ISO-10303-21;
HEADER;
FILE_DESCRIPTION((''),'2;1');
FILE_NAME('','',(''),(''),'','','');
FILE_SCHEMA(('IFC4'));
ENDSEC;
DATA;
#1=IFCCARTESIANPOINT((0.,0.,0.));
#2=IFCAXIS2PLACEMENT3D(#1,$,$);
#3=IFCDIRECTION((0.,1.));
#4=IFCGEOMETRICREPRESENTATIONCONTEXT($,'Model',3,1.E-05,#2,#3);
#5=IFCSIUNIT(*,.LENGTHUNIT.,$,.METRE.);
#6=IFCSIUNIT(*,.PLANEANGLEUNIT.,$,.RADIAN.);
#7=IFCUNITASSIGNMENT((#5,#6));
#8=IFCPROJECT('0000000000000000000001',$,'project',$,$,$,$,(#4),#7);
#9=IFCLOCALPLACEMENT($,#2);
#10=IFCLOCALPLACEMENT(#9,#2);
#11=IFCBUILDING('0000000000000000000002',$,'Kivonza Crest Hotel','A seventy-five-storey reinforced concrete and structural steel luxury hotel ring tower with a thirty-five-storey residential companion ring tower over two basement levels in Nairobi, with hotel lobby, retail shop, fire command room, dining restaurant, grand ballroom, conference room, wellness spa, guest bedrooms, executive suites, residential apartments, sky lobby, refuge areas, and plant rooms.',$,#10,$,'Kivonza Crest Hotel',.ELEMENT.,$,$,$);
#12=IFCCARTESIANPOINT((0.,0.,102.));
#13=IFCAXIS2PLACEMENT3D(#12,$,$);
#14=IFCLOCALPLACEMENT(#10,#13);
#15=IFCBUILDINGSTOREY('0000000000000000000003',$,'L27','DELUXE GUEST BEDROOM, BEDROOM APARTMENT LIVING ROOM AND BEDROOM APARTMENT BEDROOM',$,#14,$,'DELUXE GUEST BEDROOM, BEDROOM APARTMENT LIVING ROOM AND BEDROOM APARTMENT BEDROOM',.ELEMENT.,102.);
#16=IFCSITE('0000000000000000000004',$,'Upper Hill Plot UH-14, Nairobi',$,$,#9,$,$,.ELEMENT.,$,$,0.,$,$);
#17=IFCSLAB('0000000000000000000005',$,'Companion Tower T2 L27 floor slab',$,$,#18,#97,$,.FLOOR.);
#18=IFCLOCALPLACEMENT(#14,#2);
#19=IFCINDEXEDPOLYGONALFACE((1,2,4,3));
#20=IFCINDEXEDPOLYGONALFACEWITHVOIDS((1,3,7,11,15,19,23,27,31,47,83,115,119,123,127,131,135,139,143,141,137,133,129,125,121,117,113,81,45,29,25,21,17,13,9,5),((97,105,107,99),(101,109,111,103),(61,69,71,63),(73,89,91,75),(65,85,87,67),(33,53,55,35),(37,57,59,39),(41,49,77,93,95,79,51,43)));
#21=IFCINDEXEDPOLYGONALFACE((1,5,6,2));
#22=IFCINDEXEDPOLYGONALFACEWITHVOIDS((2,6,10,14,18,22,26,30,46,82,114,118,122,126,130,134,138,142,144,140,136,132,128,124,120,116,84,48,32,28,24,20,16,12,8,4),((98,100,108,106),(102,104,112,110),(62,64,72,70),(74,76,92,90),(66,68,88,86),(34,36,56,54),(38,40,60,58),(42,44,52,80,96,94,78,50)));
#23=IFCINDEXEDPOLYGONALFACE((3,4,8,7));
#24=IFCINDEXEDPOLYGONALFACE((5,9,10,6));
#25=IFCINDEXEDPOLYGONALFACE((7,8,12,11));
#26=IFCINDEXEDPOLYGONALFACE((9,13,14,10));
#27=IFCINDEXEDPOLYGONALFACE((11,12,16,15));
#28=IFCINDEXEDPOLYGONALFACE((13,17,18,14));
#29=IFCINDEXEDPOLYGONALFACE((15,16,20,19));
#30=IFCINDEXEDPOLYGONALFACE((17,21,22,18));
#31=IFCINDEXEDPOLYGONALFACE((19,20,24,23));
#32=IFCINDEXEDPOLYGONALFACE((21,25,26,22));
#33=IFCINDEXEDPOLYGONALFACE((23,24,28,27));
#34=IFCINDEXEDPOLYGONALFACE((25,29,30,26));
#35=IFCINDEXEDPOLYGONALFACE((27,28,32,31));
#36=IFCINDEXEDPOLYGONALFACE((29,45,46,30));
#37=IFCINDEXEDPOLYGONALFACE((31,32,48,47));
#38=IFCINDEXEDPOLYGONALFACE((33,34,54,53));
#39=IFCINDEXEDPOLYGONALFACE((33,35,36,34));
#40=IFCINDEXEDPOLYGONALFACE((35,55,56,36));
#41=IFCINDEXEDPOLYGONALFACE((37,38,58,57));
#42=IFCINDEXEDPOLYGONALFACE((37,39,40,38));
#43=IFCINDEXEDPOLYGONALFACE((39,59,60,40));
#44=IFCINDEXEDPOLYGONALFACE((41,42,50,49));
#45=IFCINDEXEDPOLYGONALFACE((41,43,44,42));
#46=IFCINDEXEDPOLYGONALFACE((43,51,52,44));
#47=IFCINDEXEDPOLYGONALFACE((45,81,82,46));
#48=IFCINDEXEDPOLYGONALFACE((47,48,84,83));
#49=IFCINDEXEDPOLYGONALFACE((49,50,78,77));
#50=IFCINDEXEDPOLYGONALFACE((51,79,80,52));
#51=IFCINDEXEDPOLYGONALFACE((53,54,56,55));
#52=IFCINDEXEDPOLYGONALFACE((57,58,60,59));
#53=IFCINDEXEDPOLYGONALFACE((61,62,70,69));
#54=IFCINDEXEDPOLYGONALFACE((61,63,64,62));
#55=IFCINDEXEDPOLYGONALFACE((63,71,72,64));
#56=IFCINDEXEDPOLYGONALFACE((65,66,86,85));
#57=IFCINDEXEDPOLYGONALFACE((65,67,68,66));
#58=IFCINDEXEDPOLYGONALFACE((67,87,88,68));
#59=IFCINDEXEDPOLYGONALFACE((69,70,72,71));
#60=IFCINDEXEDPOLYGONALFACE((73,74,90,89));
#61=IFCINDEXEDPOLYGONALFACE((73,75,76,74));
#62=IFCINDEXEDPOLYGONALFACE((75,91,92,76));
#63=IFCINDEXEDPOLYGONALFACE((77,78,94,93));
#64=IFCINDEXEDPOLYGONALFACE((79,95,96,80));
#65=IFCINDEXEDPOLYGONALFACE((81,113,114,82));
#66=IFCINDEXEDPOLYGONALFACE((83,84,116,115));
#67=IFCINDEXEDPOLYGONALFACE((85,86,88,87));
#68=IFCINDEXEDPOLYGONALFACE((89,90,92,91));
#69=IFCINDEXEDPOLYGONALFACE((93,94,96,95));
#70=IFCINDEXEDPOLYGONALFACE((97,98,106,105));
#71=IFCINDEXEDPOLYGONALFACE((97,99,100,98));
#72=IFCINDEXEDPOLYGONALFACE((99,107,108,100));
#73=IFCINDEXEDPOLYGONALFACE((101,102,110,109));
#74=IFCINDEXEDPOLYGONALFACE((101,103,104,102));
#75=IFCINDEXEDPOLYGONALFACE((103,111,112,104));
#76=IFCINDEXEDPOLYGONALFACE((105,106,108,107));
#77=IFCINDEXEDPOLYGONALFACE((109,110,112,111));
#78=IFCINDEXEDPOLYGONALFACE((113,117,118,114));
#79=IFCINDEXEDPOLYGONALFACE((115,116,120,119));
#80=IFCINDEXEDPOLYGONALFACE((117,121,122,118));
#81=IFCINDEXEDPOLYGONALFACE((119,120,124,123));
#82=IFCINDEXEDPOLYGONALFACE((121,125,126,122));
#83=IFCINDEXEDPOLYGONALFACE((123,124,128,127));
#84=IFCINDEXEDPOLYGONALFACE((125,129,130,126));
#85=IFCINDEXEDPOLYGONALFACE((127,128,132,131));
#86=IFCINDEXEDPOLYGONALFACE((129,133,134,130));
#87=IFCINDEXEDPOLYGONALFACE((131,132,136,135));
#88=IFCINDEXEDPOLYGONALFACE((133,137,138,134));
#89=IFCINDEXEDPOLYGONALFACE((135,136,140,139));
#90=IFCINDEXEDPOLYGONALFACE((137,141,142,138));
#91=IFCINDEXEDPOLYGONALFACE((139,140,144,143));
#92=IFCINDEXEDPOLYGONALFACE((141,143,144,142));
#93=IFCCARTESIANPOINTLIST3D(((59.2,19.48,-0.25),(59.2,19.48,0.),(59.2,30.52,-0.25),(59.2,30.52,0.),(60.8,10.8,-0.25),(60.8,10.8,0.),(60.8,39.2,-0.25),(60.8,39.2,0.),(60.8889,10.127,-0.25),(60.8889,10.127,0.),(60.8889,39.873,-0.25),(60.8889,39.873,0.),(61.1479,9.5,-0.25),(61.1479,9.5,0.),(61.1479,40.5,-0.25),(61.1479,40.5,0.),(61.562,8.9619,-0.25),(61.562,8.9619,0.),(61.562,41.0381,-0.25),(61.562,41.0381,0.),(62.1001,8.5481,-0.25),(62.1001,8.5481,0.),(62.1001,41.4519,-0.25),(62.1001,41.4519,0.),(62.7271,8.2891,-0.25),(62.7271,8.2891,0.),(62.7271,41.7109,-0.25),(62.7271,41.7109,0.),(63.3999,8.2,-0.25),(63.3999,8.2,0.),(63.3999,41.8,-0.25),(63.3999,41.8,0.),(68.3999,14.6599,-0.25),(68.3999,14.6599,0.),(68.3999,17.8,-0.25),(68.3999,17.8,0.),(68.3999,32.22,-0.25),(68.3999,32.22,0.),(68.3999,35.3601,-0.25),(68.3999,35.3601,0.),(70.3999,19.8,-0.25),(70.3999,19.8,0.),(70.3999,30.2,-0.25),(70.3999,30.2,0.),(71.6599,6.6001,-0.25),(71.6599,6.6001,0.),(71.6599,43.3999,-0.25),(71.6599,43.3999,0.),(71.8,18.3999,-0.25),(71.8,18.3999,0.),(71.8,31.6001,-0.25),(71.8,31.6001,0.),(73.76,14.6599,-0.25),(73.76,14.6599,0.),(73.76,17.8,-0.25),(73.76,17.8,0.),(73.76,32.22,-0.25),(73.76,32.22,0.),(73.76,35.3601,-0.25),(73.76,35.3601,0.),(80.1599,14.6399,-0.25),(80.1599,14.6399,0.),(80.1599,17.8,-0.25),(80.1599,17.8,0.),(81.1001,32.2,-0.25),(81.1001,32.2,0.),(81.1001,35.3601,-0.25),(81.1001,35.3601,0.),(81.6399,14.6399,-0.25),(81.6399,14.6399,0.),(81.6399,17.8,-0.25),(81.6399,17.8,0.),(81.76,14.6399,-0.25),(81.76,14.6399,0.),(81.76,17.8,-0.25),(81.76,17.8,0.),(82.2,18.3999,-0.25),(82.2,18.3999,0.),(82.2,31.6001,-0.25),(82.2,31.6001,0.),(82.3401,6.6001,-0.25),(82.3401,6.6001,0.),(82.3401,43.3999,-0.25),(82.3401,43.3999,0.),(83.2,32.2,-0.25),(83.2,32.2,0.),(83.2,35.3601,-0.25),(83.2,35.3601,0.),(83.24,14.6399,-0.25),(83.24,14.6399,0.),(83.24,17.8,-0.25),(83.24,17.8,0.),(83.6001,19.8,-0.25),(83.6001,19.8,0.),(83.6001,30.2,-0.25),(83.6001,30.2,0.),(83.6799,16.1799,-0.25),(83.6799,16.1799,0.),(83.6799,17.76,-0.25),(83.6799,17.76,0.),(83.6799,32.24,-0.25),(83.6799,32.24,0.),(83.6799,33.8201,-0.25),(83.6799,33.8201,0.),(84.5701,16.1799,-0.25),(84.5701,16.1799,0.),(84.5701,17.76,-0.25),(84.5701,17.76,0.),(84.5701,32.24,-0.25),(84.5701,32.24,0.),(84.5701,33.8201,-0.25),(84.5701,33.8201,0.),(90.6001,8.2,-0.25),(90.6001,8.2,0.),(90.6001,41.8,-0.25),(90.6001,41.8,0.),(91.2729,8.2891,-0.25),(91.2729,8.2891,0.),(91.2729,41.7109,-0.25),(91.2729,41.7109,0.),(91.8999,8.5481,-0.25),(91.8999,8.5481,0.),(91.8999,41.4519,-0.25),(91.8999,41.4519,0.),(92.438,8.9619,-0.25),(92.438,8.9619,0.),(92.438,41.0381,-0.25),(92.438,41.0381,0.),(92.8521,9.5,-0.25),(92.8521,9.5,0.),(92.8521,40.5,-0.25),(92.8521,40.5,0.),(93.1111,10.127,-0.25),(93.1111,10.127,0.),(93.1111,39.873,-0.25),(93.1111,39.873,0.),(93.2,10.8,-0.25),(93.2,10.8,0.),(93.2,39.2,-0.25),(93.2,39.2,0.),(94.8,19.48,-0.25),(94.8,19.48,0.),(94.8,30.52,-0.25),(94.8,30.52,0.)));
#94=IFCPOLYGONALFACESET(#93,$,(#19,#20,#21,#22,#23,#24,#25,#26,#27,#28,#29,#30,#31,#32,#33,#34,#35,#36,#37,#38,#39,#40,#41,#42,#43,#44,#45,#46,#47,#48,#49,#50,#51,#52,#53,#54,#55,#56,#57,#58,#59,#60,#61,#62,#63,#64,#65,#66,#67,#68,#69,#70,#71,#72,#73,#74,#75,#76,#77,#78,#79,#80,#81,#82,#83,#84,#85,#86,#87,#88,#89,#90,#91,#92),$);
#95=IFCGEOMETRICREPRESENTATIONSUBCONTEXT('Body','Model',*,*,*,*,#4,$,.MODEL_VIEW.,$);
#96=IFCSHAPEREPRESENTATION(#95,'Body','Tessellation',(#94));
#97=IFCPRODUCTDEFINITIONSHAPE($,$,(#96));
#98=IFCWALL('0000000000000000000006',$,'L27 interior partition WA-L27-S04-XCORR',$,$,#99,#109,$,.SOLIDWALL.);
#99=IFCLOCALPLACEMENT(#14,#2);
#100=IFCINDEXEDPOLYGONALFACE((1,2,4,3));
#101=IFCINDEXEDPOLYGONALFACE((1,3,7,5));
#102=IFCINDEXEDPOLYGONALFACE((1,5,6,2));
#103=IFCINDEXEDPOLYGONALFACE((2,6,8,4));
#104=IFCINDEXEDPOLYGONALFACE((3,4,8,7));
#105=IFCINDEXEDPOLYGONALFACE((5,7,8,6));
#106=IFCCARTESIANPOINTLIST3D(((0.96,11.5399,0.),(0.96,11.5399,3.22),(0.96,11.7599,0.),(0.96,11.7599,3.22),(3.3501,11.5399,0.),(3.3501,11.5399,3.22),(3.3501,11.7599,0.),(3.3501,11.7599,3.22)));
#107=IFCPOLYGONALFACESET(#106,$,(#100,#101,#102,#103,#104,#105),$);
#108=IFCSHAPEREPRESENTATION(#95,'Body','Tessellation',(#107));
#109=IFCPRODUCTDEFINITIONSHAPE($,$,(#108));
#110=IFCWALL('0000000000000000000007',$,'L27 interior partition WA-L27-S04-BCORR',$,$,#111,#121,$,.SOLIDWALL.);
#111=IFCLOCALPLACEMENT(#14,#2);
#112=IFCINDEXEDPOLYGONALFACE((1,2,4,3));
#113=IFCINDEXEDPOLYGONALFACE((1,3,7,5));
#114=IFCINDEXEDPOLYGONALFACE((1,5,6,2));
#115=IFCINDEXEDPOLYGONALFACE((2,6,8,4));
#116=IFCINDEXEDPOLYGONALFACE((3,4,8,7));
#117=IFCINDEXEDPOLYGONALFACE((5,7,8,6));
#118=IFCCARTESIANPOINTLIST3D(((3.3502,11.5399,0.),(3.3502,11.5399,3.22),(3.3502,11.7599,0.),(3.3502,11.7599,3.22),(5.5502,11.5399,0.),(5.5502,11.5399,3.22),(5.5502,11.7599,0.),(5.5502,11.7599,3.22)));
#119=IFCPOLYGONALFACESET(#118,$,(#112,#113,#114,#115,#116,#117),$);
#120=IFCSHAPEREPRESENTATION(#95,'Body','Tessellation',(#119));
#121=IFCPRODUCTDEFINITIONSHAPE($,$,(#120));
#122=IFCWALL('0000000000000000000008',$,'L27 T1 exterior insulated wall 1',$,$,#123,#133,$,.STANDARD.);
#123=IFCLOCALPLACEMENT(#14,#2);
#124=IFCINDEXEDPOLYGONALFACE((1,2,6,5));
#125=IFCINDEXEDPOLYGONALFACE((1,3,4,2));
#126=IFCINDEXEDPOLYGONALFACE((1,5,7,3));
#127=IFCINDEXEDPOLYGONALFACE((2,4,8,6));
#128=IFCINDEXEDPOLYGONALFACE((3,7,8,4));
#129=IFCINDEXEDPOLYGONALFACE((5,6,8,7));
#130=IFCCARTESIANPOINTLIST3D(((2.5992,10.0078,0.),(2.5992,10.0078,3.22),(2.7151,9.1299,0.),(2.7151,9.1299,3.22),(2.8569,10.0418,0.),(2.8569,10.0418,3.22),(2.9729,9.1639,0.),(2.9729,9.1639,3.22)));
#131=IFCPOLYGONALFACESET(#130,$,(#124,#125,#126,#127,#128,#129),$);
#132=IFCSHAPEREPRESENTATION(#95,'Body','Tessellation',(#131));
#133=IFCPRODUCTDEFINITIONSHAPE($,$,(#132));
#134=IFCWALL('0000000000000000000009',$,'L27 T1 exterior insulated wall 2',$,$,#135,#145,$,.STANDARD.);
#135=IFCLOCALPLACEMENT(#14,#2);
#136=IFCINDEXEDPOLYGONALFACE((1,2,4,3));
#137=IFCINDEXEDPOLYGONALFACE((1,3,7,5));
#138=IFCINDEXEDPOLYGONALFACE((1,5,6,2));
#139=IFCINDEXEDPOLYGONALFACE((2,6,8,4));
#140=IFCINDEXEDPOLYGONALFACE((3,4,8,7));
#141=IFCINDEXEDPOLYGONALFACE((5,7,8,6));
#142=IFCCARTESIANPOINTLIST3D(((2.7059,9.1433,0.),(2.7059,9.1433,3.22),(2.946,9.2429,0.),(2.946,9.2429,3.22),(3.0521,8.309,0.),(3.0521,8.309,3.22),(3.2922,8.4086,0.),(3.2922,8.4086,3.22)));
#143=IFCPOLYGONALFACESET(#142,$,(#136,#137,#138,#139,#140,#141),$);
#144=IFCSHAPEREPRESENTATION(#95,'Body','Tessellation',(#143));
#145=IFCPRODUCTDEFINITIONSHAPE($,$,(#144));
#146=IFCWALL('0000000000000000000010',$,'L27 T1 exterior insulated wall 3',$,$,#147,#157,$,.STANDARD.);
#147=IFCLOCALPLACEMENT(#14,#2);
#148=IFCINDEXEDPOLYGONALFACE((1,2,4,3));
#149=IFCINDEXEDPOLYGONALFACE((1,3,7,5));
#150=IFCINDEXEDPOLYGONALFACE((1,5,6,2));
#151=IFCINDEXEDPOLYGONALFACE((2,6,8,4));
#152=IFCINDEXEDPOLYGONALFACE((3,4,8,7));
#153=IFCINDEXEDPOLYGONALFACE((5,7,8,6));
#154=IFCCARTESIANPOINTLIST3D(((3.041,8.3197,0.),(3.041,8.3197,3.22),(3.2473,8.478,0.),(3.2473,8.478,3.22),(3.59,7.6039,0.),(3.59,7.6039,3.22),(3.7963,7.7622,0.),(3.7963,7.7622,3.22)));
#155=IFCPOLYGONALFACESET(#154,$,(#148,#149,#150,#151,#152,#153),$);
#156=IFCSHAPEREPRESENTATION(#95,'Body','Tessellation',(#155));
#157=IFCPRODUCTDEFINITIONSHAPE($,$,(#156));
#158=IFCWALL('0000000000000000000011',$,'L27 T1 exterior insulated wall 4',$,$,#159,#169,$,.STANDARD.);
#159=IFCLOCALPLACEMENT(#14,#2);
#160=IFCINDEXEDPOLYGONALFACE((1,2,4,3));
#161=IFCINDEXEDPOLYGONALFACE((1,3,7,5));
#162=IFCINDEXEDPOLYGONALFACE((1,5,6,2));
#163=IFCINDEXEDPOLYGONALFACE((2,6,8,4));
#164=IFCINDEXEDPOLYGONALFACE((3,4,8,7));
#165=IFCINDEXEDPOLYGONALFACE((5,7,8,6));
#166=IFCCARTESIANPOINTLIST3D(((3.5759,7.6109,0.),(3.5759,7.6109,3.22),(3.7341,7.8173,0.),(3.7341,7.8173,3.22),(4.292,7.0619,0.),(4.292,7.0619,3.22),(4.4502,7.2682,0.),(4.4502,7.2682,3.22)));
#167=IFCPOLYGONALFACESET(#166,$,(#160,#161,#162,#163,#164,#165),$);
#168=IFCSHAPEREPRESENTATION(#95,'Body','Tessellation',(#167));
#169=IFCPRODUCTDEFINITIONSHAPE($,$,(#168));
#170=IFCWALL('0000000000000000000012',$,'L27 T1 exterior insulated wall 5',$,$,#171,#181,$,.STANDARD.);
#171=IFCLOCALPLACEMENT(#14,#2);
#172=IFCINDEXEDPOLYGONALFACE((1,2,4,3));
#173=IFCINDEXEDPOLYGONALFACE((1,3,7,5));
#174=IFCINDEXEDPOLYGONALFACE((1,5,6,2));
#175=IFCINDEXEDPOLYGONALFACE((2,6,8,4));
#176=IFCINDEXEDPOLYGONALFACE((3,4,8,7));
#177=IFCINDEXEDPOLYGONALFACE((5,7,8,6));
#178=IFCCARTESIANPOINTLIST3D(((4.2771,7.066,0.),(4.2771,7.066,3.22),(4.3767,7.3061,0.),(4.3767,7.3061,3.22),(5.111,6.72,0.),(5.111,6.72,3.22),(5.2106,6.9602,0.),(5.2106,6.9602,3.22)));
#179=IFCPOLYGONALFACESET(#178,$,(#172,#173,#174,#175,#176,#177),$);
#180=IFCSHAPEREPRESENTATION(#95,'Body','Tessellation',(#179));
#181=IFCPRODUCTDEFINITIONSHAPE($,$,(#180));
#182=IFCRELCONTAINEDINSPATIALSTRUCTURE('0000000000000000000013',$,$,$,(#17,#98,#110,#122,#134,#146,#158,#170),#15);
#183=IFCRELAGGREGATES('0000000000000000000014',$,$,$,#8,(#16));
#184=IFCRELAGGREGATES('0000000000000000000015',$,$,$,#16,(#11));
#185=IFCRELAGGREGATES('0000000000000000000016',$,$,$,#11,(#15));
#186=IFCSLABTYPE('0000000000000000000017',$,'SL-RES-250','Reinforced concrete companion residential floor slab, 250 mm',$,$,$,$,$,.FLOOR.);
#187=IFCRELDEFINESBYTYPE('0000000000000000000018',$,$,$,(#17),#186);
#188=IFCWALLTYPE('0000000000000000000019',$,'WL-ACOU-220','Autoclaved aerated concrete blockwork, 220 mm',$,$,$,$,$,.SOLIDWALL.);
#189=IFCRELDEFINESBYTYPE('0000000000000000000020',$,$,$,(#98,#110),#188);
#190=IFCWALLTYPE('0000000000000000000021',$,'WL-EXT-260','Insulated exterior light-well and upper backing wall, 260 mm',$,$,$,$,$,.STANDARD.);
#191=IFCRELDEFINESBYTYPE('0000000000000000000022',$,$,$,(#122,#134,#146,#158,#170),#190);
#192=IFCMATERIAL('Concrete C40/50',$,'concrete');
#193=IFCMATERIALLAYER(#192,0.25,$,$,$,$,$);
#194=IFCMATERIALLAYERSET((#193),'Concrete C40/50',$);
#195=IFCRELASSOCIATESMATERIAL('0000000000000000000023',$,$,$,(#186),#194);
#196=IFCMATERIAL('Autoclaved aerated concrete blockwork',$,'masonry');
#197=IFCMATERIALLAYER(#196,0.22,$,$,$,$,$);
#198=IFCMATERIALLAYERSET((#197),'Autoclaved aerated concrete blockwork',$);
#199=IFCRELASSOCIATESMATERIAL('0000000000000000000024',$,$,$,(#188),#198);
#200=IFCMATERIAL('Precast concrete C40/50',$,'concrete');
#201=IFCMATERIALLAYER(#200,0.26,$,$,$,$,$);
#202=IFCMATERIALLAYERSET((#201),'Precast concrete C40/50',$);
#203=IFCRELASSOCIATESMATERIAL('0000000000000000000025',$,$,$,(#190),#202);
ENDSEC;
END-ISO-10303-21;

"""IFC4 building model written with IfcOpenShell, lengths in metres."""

from ifc_helpers import new_model, si_unit, direction, frame, frame_2d, origin, place, context, subcontext, project, spatial, polyline, rectangle, outline, extrude, material, layer, layer_set, type_object, element, save


model = new_model("IFC4")

# Units and contexts
model_context = context("Model", 3, precision=1e-05, world=origin(), true_north=direction((0.0, 1.0)))
body_context = subcontext(model_context, "Body", "Model", "MODEL_VIEW")
ifc_project = project(units=[si_unit("LENGTHUNIT", "METRE"), si_unit("PLANEANGLEUNIT", "RADIAN")], contexts=[model_context])

# Site, building, storey
site_placement = place(None, origin())
site = spatial("IfcSite", under=ifc_project, at=site_placement, Name="Upper Hill Plot UH-14, Nairobi", CompositionType="ELEMENT", RefElevation=0.0)
building_placement = place(site_placement, origin())
building = spatial("IfcBuilding", under=site, at=building_placement, Name="Kivonza Crest Hotel", Description="A seventy-five-storey reinforced concrete and structural steel luxury hotel ring tower with a thirty-five-storey residential companion ring tower over two basement levels in Nairobi, with hotel lobby, retail shop, fire command room, dining restaurant, grand ballroom, conference room, wellness spa, guest bedrooms, executive suites, residential apartments, sky lobby, refuge areas, and plant rooms.", LongName="Kivonza Crest Hotel", CompositionType="ELEMENT")
storey_placement = place(building_placement, frame((0.0, 0.0, 102.0)))
storey = spatial("IfcBuildingStorey", under=building, at=storey_placement, Name="L27", Description="DELUXE GUEST BEDROOM, BEDROOM APARTMENT LIVING ROOM AND BEDROOM APARTMENT BEDROOM", LongName="DELUXE GUEST BEDROOM, BEDROOM APARTMENT LIVING ROOM AND BEDROOM APARTMENT BEDROOM", CompositionType="ELEMENT", Elevation=102.0)

# Shared definitions
ifc_material_1 = material(Name="Concrete C40/50", Category="concrete")

# Slab
ifc_layer_1 = layer(ifc_material_1, 0.25)
ifc_layer_set_1 = layer_set([ifc_layer_1], Name="Concrete C40/50")
slab_type_1 = type_object("IfcSlabType", Name="SL-RES-250", Description="Reinforced concrete companion residential floor slab, 250 mm", PredefinedType="FLOOR", material=ifc_layer_set_1)
slab_1_placement = place(storey_placement, frame((0.0, 0.0, -0.25)))
element("IfcSlab", 1, at=slab_1_placement, inside=storey, type_object=slab_type_1, Name="Companion Tower T2 L27 floor slab", PredefinedType="FLOOR", context=body_context, shape_type="SweptSolid", body=[
    extrude(outline(polyline([(60.8, 10.8), (60.8889, 10.127), (61.1479, 9.5), (61.562, 8.9619), (62.1001, 8.5481), (62.7271, 8.2891), (63.3999, 8.2), (71.6599, 6.6001), (82.3401, 6.6001), (90.6001, 8.2), (91.2729, 8.2891), (91.8999, 8.5481), (92.438, 8.9619), (92.8521, 9.5), (93.1111, 10.127), (93.2, 10.8), (94.8, 19.48), (94.8, 30.52), (93.2, 39.2), (93.1111, 39.873), (92.8521, 40.5), (92.438, 41.0381), (91.8999, 41.4519), (91.2729, 41.7109), (90.6001, 41.8), (82.3401, 43.3999), (71.6599, 43.3999), (63.3999, 41.8), (62.7271, 41.7109), (62.1001, 41.4519), (61.562, 41.0381), (61.1479, 40.5), (60.8889, 39.873), (60.8, 39.2), (59.2, 30.52), (59.2, 19.48), (60.8, 10.8)]), holes=[polyline([(71.8, 18.3999), (82.2, 18.3999), (83.6001, 19.8), (83.6001, 30.2), (82.2, 31.6001), (71.8, 31.6001), (70.3999, 30.2), (70.3999, 19.8), (71.8, 18.3999)]), polyline([(68.3999, 32.22), (73.76, 32.22), (73.76, 35.3601), (68.3999, 35.3601), (68.3999, 32.22)]), polyline([(68.3999, 14.6599), (73.76, 14.6599), (73.76, 17.8), (68.3999, 17.8), (68.3999, 14.6599)]), polyline([(83.6799, 32.24), (84.5701, 32.24), (84.5701, 33.8201), (83.6799, 33.8201), (83.6799, 32.24)]), polyline([(83.6799, 16.1799), (84.5701, 16.1799), (84.5701, 17.76), (83.6799, 17.76), (83.6799, 16.1799)]), polyline([(81.1001, 32.2), (83.2, 32.2), (83.2, 35.3601), (81.1001, 35.3601), (81.1001, 32.2)]), polyline([(80.1599, 14.6399), (81.6399, 14.6399), (81.6399, 17.8), (80.1599, 17.8), (80.1599, 14.6399)]), polyline([(81.76, 14.6399), (83.24, 14.6399), (83.24, 17.8), (81.76, 17.8), (81.76, 14.6399)])]), origin(), (0.0, 0.0, 1.0), 0.25),
])

# Walls
ifc_material_2 = material(Name="Autoclaved aerated concrete blockwork", Category="masonry")
ifc_layer_2 = layer(ifc_material_2, 0.22)
ifc_layer_set_2 = layer_set([ifc_layer_2], Name="Autoclaved aerated concrete blockwork")
wall_type_1 = type_object("IfcWallType", Name="WL-ACOU-220", Description="Autoclaved aerated concrete blockwork, 220 mm", PredefinedType="SOLIDWALL", material=ifc_layer_set_2)
wall_1_placement = place(storey_placement, frame((0.96, 11.6499, 0.0), z_axis=(0.0, 0.0, 1.0), x_axis=(1.0, 0.0, 0.0)))
element("IfcWall", 2, at=wall_1_placement, inside=storey, type_object=wall_type_1, Name="L27 interior partition WA-L27-S04-XCORR", PredefinedType="SOLIDWALL", context=body_context, shape_type="SweptSolid", body=[
    extrude(rectangle(XDim=2.3901, YDim=0.22, at=frame_2d((1.1951, 0.0))), origin(), (0.0, 0.0, 1.0), 3.22),
])
wall_2_placement = place(storey_placement, frame((3.3501, 11.6499, 0.0), z_axis=(0.0, 0.0, 1.0), x_axis=(1.0, 0.0, 0.0)))
element("IfcWall", 3, at=wall_2_placement, inside=storey, type_object=wall_type_1, Name="L27 interior partition WA-L27-S04-BCORR", PredefinedType="SOLIDWALL", context=body_context, shape_type="SweptSolid", body=[
    extrude(rectangle(XDim=2.2, YDim=0.22, at=frame_2d((1.1001, 0.0))), origin(), (0.0, 0.0, 1.0), 3.22),
])
ifc_material_3 = material(Name="Precast concrete C40/50", Category="concrete")
ifc_layer_3 = layer(ifc_material_3, 0.26)
ifc_layer_set_3 = layer_set([ifc_layer_3], Name="Precast concrete C40/50")
wall_type_2 = type_object("IfcWallType", Name="WL-EXT-260", Description="Insulated exterior light-well and upper backing wall, 260 mm", PredefinedType="STANDARD", material=ifc_layer_set_3)
wall_3_placement = place(storey_placement, frame((2.728, 10.0249, 0.0), z_axis=(0.0, 0.0, 1.0), x_axis=(0.130954, -0.991388, 0.0)))
element("IfcWall", 4, at=wall_3_placement, inside=storey, type_object=wall_type_2, Name="L27 T1 exterior insulated wall 1", PredefinedType="STANDARD", context=body_context, shape_type="SweptSolid", body=[
    extrude(rectangle(XDim=0.8855, YDim=0.26, at=frame_2d((0.4429, 0.0))), origin(), (0.0, 0.0, 1.0), 3.22),
])
wall_4_placement = place(storey_placement, frame((2.8259, 9.1931, 0.0), z_axis=(0.0, 0.0, 1.0), x_axis=(0.383291, -0.923628, 0.0)))
element("IfcWall", 5, at=wall_4_placement, inside=storey, type_object=wall_type_2, Name="L27 T1 exterior insulated wall 2", PredefinedType="STANDARD", context=body_context, shape_type="SweptSolid", body=[
    extrude(rectangle(XDim=0.9033, YDim=0.26, at=frame_2d((0.4517, 0.0))), origin(), (0.0, 0.0, 1.0), 3.22),
])
wall_5_placement = place(storey_placement, frame((3.144, 8.3989, 0.0), z_axis=(0.0, 0.0, 1.0), x_axis=(0.608625, -0.793458, 0.0)))
element("IfcWall", 6, at=wall_5_placement, inside=storey, type_object=wall_type_2, Name="L27 T1 exterior insulated wall 3", PredefinedType="STANDARD", context=body_context, shape_type="SweptSolid", body=[
    extrude(rectangle(XDim=0.9021, YDim=0.26, at=frame_2d((0.4512, 0.0))), origin(), (0.0, 0.0, 1.0), 3.22),
])
wall_6_placement = place(storey_placement, frame((3.655, 7.7141, 0.0), z_axis=(0.0, 0.0, 1.0), x_axis=(0.793558, -0.608494, 0.0)))
element("IfcWall", 7, at=wall_6_placement, inside=storey, type_object=wall_type_2, Name="L27 T1 exterior insulated wall 4", PredefinedType="STANDARD", context=body_context, shape_type="SweptSolid", body=[
    extrude(rectangle(XDim=0.9023, YDim=0.26, at=frame_2d((0.4512, 0.0))), origin(), (0.0, 0.0, 1.0), 3.22),
])
wall_7_placement = place(storey_placement, frame((4.3269, 7.186, 0.0), z_axis=(0.0, 0.0, 1.0), x_axis=(0.923684, -0.383156, 0.0)))
element("IfcWall", 8, at=wall_7_placement, inside=storey, type_object=wall_type_2, Name="L27 T1 exterior insulated wall 5", PredefinedType="STANDARD", context=body_context, shape_type="SweptSolid", body=[
    extrude(rectangle(XDim=0.9028, YDim=0.26, at=frame_2d((0.4514, 0.0))), origin(), (0.0, 0.0, 1.0), 3.22),
])

save(model, "model.ifc")
